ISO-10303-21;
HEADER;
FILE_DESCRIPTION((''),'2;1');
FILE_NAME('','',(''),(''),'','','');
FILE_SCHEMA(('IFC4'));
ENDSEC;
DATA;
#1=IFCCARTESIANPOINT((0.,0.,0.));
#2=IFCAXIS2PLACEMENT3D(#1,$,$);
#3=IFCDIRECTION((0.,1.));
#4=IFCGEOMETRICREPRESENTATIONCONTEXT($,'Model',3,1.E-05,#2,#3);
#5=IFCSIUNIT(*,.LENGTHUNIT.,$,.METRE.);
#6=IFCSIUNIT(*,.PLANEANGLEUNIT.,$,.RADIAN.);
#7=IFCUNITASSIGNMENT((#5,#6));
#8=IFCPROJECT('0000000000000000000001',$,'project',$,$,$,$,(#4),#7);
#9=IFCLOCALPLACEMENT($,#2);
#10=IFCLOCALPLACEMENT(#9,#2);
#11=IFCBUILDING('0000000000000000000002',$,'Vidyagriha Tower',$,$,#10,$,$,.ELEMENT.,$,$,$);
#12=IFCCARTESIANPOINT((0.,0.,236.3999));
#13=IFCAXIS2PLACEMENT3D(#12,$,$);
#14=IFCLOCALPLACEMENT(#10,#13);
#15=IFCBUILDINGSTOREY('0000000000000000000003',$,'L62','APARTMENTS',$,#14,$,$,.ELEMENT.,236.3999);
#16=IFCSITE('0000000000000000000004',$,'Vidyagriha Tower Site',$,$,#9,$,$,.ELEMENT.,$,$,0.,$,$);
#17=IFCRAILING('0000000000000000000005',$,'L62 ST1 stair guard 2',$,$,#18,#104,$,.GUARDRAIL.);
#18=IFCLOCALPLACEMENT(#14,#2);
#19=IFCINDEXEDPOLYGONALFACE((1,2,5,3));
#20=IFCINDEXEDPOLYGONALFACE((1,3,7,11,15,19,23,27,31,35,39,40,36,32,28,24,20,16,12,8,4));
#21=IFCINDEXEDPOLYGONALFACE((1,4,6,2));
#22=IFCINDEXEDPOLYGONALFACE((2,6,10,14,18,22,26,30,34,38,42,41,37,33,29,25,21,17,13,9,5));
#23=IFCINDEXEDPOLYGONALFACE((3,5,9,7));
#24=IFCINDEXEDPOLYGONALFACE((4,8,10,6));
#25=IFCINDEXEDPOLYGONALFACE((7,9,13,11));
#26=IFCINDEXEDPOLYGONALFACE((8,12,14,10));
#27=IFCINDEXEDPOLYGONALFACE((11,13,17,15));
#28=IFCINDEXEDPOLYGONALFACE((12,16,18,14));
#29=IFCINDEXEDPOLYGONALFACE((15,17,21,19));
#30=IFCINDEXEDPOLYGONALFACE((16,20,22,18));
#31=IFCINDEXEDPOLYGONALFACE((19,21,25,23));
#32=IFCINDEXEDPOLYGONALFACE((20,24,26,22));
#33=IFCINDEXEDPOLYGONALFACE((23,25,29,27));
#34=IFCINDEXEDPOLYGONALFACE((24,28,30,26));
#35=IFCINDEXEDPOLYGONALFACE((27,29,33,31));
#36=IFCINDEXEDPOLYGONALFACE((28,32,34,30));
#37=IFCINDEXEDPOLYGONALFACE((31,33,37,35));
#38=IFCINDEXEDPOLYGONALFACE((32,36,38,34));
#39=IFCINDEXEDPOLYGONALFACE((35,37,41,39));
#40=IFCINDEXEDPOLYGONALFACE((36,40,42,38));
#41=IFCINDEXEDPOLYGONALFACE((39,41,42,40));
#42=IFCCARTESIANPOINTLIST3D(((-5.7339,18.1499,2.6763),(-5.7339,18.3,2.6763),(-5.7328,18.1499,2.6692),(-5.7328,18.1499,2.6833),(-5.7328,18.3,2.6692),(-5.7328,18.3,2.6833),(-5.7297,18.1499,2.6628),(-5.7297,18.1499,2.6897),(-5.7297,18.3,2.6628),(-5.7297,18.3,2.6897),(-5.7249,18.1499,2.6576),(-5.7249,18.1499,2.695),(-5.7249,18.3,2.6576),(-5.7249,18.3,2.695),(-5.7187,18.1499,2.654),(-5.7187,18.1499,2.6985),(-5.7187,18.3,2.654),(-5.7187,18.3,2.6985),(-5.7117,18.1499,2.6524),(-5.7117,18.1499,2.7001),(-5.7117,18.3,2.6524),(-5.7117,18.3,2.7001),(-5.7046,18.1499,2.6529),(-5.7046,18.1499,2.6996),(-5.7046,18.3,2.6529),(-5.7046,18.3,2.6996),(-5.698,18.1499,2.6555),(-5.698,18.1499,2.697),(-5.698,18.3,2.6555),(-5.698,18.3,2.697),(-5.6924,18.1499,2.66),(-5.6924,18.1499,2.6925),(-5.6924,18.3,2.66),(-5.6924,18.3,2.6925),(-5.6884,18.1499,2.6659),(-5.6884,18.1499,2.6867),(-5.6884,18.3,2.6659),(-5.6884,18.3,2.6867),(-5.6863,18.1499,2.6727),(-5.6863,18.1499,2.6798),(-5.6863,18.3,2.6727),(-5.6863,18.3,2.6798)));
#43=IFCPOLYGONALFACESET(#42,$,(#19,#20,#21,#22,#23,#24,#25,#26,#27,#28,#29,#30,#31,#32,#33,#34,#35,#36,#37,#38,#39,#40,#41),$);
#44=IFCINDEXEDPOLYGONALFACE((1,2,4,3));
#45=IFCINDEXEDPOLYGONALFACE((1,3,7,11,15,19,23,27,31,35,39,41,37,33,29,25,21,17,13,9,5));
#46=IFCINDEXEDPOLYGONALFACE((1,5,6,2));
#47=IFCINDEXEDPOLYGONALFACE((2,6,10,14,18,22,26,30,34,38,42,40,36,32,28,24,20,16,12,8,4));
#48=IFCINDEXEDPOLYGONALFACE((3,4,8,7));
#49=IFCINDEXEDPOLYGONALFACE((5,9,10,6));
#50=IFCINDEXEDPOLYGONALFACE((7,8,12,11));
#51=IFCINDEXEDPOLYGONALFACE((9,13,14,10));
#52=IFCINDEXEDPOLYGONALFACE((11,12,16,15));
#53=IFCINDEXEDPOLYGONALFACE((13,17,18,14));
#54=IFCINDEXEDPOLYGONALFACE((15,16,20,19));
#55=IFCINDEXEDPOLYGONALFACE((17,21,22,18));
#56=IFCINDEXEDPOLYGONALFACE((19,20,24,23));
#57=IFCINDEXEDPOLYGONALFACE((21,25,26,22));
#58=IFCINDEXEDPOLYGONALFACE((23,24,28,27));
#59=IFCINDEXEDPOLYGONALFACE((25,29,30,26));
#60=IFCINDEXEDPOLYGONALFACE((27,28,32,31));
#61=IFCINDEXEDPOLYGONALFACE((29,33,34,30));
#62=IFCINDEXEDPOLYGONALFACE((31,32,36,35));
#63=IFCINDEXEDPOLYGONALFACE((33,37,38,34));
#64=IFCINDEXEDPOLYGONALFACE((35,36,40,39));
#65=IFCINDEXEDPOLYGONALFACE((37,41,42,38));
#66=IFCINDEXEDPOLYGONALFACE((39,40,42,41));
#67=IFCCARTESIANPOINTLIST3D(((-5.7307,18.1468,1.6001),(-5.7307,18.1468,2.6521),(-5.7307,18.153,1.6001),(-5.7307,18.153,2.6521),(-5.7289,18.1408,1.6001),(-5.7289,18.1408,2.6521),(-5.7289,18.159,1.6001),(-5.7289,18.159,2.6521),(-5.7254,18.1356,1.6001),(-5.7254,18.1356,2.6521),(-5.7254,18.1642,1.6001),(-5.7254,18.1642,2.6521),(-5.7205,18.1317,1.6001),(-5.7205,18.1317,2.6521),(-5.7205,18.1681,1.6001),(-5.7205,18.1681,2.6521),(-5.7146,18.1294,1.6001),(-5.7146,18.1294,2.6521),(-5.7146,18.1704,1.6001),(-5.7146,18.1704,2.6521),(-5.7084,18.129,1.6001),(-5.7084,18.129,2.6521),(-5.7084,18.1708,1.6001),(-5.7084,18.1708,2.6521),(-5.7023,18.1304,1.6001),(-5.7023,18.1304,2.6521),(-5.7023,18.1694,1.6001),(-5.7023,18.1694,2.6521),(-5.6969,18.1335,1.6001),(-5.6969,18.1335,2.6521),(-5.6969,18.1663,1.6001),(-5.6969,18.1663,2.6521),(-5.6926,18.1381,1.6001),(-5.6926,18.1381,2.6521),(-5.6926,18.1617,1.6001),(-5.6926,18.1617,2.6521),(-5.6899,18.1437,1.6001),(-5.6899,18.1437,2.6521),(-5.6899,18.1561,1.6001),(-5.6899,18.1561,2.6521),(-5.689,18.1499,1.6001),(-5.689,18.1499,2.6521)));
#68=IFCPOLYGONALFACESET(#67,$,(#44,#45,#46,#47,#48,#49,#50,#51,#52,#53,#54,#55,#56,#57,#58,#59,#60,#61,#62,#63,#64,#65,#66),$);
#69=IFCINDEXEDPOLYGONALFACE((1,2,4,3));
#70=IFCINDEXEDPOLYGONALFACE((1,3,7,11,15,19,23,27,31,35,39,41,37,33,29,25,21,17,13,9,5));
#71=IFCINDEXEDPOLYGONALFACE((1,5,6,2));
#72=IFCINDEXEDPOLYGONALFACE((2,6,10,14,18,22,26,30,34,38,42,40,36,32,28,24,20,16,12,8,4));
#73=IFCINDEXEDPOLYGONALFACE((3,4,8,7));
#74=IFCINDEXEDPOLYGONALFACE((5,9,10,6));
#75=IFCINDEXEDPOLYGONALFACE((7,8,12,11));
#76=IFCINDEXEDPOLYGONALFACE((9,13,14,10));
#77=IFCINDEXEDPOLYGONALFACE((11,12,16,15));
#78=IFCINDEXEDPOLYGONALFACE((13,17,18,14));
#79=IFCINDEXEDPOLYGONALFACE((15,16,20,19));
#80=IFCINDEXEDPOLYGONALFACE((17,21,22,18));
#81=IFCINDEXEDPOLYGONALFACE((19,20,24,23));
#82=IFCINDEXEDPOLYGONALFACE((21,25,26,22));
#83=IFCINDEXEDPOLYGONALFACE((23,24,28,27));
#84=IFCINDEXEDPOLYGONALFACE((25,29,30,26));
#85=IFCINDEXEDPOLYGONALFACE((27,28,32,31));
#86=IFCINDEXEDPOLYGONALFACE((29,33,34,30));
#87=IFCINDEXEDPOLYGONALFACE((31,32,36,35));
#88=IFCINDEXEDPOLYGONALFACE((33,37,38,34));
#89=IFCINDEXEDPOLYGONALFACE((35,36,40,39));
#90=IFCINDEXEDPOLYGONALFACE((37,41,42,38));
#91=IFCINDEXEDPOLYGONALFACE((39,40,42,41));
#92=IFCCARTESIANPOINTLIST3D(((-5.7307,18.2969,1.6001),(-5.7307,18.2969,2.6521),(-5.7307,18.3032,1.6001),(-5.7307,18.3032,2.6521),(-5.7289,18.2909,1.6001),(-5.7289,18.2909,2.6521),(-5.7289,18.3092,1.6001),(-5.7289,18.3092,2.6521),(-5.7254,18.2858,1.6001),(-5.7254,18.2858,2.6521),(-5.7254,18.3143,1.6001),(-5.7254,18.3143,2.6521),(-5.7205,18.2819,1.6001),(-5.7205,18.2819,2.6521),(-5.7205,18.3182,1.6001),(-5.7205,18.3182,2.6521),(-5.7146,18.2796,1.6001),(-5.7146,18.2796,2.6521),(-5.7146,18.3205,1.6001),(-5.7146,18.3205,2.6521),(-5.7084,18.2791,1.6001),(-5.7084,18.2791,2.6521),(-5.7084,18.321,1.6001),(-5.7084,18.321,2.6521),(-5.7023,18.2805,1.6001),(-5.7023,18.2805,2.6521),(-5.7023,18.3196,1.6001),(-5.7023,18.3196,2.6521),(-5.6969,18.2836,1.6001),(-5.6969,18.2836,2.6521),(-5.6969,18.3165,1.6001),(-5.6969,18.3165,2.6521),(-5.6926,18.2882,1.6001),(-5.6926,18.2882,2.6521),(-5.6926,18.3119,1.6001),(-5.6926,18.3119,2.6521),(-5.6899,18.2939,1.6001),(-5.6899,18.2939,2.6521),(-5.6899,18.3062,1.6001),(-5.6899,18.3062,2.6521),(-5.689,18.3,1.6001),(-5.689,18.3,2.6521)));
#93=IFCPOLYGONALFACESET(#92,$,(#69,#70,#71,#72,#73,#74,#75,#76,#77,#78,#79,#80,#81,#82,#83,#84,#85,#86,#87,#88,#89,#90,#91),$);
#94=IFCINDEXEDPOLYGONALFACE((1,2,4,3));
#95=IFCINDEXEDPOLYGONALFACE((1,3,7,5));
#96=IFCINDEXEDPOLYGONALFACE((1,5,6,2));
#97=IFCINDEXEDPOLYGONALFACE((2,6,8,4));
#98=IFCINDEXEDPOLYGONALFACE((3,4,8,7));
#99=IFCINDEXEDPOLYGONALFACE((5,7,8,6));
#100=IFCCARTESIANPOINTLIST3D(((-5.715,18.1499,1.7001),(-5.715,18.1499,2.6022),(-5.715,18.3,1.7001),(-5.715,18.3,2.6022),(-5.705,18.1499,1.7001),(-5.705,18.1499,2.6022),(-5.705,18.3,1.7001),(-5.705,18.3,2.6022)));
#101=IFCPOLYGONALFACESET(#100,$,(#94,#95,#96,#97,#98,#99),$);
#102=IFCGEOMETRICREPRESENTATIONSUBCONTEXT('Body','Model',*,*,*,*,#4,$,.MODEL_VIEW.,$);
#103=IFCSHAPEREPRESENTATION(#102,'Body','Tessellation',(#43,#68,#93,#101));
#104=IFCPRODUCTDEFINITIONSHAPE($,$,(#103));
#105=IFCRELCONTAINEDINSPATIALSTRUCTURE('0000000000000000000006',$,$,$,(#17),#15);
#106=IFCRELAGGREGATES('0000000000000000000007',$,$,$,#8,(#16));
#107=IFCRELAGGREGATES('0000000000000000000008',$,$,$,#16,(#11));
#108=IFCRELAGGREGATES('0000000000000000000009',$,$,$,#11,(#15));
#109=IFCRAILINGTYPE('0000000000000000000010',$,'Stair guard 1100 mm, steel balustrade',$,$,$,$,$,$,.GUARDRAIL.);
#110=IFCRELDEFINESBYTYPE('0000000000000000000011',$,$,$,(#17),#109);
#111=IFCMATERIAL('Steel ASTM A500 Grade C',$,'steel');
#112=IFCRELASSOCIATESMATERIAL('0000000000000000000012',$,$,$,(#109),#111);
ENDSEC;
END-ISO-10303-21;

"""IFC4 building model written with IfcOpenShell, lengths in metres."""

from ifc_helpers import new_model, si_unit, direction, frame, origin, origin_2d, place, context, subcontext, project, spatial, rectangle, circle, extrude, material, type_object, element, save


model = new_model("IFC4")

# Units and contexts
model_context = context("Model", 3, precision=1e-05, world=origin(), true_north=direction((0.0, 1.0)))
body_context = subcontext(model_context, "Body", "Model", "MODEL_VIEW")
ifc_project = project(units=[si_unit("LENGTHUNIT", "METRE"), si_unit("PLANEANGLEUNIT", "RADIAN")], contexts=[model_context])

# Site, building, storey
site_placement = place(None, origin())
site = spatial("IfcSite", under=ifc_project, at=site_placement, Name="Vidyagriha Tower Site", CompositionType="ELEMENT", RefElevation=0.0)
building_placement = place(site_placement, origin())
building = spatial("IfcBuilding", under=site, at=building_placement, Name="Vidyagriha Tower", CompositionType="ELEMENT")
storey_placement = place(building_placement, frame((0.0, 0.0, 236.3999)))
storey = spatial("IfcBuildingStorey", under=building, at=storey_placement, Name="L62", Description="APARTMENTS", CompositionType="ELEMENT", Elevation=236.3999)

# Railing
ifc_material_1 = material(Name="Steel ASTM A500 Grade C", Category="steel")
railing_type_1 = type_object("IfcRailingType", Name="Stair guard 1100 mm, steel balustrade", PredefinedType="GUARDRAIL", material=ifc_material_1)
railing_1_placement = place(storey_placement, frame((-5.71, 18.1499, 1.6001)))
element("IfcRailing", 1, at=railing_1_placement, inside=storey, type_object=railing_type_1, Name="L62 ST1 stair guard 2", PredefinedType="GUARDRAIL", context=body_context, shape_type="SweptSolid", body=[
    extrude(circle(Radius=0.0239, at=origin_2d()), frame((0.0, 0.0, 1.0762), z_axis=(0.0, 1.0, 0.0), x_axis=(-1.0, 0.0, 0.0)), (0.0, 0.0, 1.0), 0.1501),
    extrude(circle(Radius=0.021, at=origin_2d()), origin(), (0.0, 0.0, 1.0), 1.052),
    extrude(circle(Radius=0.021, at=origin_2d()), frame((0.0, 0.1501, 0.0)), (0.0, 0.0, 1.0), 1.052),
    extrude(rectangle(XDim=0.01, YDim=0.9021, at=origin_2d()), frame((0.0, 0.0, 0.551), z_axis=(0.0, 1.0, 0.0), x_axis=(-1.0, 0.0, 0.0)), (0.0, 0.0, 1.0), 0.1501),
])

save(model, "model.ifc")
